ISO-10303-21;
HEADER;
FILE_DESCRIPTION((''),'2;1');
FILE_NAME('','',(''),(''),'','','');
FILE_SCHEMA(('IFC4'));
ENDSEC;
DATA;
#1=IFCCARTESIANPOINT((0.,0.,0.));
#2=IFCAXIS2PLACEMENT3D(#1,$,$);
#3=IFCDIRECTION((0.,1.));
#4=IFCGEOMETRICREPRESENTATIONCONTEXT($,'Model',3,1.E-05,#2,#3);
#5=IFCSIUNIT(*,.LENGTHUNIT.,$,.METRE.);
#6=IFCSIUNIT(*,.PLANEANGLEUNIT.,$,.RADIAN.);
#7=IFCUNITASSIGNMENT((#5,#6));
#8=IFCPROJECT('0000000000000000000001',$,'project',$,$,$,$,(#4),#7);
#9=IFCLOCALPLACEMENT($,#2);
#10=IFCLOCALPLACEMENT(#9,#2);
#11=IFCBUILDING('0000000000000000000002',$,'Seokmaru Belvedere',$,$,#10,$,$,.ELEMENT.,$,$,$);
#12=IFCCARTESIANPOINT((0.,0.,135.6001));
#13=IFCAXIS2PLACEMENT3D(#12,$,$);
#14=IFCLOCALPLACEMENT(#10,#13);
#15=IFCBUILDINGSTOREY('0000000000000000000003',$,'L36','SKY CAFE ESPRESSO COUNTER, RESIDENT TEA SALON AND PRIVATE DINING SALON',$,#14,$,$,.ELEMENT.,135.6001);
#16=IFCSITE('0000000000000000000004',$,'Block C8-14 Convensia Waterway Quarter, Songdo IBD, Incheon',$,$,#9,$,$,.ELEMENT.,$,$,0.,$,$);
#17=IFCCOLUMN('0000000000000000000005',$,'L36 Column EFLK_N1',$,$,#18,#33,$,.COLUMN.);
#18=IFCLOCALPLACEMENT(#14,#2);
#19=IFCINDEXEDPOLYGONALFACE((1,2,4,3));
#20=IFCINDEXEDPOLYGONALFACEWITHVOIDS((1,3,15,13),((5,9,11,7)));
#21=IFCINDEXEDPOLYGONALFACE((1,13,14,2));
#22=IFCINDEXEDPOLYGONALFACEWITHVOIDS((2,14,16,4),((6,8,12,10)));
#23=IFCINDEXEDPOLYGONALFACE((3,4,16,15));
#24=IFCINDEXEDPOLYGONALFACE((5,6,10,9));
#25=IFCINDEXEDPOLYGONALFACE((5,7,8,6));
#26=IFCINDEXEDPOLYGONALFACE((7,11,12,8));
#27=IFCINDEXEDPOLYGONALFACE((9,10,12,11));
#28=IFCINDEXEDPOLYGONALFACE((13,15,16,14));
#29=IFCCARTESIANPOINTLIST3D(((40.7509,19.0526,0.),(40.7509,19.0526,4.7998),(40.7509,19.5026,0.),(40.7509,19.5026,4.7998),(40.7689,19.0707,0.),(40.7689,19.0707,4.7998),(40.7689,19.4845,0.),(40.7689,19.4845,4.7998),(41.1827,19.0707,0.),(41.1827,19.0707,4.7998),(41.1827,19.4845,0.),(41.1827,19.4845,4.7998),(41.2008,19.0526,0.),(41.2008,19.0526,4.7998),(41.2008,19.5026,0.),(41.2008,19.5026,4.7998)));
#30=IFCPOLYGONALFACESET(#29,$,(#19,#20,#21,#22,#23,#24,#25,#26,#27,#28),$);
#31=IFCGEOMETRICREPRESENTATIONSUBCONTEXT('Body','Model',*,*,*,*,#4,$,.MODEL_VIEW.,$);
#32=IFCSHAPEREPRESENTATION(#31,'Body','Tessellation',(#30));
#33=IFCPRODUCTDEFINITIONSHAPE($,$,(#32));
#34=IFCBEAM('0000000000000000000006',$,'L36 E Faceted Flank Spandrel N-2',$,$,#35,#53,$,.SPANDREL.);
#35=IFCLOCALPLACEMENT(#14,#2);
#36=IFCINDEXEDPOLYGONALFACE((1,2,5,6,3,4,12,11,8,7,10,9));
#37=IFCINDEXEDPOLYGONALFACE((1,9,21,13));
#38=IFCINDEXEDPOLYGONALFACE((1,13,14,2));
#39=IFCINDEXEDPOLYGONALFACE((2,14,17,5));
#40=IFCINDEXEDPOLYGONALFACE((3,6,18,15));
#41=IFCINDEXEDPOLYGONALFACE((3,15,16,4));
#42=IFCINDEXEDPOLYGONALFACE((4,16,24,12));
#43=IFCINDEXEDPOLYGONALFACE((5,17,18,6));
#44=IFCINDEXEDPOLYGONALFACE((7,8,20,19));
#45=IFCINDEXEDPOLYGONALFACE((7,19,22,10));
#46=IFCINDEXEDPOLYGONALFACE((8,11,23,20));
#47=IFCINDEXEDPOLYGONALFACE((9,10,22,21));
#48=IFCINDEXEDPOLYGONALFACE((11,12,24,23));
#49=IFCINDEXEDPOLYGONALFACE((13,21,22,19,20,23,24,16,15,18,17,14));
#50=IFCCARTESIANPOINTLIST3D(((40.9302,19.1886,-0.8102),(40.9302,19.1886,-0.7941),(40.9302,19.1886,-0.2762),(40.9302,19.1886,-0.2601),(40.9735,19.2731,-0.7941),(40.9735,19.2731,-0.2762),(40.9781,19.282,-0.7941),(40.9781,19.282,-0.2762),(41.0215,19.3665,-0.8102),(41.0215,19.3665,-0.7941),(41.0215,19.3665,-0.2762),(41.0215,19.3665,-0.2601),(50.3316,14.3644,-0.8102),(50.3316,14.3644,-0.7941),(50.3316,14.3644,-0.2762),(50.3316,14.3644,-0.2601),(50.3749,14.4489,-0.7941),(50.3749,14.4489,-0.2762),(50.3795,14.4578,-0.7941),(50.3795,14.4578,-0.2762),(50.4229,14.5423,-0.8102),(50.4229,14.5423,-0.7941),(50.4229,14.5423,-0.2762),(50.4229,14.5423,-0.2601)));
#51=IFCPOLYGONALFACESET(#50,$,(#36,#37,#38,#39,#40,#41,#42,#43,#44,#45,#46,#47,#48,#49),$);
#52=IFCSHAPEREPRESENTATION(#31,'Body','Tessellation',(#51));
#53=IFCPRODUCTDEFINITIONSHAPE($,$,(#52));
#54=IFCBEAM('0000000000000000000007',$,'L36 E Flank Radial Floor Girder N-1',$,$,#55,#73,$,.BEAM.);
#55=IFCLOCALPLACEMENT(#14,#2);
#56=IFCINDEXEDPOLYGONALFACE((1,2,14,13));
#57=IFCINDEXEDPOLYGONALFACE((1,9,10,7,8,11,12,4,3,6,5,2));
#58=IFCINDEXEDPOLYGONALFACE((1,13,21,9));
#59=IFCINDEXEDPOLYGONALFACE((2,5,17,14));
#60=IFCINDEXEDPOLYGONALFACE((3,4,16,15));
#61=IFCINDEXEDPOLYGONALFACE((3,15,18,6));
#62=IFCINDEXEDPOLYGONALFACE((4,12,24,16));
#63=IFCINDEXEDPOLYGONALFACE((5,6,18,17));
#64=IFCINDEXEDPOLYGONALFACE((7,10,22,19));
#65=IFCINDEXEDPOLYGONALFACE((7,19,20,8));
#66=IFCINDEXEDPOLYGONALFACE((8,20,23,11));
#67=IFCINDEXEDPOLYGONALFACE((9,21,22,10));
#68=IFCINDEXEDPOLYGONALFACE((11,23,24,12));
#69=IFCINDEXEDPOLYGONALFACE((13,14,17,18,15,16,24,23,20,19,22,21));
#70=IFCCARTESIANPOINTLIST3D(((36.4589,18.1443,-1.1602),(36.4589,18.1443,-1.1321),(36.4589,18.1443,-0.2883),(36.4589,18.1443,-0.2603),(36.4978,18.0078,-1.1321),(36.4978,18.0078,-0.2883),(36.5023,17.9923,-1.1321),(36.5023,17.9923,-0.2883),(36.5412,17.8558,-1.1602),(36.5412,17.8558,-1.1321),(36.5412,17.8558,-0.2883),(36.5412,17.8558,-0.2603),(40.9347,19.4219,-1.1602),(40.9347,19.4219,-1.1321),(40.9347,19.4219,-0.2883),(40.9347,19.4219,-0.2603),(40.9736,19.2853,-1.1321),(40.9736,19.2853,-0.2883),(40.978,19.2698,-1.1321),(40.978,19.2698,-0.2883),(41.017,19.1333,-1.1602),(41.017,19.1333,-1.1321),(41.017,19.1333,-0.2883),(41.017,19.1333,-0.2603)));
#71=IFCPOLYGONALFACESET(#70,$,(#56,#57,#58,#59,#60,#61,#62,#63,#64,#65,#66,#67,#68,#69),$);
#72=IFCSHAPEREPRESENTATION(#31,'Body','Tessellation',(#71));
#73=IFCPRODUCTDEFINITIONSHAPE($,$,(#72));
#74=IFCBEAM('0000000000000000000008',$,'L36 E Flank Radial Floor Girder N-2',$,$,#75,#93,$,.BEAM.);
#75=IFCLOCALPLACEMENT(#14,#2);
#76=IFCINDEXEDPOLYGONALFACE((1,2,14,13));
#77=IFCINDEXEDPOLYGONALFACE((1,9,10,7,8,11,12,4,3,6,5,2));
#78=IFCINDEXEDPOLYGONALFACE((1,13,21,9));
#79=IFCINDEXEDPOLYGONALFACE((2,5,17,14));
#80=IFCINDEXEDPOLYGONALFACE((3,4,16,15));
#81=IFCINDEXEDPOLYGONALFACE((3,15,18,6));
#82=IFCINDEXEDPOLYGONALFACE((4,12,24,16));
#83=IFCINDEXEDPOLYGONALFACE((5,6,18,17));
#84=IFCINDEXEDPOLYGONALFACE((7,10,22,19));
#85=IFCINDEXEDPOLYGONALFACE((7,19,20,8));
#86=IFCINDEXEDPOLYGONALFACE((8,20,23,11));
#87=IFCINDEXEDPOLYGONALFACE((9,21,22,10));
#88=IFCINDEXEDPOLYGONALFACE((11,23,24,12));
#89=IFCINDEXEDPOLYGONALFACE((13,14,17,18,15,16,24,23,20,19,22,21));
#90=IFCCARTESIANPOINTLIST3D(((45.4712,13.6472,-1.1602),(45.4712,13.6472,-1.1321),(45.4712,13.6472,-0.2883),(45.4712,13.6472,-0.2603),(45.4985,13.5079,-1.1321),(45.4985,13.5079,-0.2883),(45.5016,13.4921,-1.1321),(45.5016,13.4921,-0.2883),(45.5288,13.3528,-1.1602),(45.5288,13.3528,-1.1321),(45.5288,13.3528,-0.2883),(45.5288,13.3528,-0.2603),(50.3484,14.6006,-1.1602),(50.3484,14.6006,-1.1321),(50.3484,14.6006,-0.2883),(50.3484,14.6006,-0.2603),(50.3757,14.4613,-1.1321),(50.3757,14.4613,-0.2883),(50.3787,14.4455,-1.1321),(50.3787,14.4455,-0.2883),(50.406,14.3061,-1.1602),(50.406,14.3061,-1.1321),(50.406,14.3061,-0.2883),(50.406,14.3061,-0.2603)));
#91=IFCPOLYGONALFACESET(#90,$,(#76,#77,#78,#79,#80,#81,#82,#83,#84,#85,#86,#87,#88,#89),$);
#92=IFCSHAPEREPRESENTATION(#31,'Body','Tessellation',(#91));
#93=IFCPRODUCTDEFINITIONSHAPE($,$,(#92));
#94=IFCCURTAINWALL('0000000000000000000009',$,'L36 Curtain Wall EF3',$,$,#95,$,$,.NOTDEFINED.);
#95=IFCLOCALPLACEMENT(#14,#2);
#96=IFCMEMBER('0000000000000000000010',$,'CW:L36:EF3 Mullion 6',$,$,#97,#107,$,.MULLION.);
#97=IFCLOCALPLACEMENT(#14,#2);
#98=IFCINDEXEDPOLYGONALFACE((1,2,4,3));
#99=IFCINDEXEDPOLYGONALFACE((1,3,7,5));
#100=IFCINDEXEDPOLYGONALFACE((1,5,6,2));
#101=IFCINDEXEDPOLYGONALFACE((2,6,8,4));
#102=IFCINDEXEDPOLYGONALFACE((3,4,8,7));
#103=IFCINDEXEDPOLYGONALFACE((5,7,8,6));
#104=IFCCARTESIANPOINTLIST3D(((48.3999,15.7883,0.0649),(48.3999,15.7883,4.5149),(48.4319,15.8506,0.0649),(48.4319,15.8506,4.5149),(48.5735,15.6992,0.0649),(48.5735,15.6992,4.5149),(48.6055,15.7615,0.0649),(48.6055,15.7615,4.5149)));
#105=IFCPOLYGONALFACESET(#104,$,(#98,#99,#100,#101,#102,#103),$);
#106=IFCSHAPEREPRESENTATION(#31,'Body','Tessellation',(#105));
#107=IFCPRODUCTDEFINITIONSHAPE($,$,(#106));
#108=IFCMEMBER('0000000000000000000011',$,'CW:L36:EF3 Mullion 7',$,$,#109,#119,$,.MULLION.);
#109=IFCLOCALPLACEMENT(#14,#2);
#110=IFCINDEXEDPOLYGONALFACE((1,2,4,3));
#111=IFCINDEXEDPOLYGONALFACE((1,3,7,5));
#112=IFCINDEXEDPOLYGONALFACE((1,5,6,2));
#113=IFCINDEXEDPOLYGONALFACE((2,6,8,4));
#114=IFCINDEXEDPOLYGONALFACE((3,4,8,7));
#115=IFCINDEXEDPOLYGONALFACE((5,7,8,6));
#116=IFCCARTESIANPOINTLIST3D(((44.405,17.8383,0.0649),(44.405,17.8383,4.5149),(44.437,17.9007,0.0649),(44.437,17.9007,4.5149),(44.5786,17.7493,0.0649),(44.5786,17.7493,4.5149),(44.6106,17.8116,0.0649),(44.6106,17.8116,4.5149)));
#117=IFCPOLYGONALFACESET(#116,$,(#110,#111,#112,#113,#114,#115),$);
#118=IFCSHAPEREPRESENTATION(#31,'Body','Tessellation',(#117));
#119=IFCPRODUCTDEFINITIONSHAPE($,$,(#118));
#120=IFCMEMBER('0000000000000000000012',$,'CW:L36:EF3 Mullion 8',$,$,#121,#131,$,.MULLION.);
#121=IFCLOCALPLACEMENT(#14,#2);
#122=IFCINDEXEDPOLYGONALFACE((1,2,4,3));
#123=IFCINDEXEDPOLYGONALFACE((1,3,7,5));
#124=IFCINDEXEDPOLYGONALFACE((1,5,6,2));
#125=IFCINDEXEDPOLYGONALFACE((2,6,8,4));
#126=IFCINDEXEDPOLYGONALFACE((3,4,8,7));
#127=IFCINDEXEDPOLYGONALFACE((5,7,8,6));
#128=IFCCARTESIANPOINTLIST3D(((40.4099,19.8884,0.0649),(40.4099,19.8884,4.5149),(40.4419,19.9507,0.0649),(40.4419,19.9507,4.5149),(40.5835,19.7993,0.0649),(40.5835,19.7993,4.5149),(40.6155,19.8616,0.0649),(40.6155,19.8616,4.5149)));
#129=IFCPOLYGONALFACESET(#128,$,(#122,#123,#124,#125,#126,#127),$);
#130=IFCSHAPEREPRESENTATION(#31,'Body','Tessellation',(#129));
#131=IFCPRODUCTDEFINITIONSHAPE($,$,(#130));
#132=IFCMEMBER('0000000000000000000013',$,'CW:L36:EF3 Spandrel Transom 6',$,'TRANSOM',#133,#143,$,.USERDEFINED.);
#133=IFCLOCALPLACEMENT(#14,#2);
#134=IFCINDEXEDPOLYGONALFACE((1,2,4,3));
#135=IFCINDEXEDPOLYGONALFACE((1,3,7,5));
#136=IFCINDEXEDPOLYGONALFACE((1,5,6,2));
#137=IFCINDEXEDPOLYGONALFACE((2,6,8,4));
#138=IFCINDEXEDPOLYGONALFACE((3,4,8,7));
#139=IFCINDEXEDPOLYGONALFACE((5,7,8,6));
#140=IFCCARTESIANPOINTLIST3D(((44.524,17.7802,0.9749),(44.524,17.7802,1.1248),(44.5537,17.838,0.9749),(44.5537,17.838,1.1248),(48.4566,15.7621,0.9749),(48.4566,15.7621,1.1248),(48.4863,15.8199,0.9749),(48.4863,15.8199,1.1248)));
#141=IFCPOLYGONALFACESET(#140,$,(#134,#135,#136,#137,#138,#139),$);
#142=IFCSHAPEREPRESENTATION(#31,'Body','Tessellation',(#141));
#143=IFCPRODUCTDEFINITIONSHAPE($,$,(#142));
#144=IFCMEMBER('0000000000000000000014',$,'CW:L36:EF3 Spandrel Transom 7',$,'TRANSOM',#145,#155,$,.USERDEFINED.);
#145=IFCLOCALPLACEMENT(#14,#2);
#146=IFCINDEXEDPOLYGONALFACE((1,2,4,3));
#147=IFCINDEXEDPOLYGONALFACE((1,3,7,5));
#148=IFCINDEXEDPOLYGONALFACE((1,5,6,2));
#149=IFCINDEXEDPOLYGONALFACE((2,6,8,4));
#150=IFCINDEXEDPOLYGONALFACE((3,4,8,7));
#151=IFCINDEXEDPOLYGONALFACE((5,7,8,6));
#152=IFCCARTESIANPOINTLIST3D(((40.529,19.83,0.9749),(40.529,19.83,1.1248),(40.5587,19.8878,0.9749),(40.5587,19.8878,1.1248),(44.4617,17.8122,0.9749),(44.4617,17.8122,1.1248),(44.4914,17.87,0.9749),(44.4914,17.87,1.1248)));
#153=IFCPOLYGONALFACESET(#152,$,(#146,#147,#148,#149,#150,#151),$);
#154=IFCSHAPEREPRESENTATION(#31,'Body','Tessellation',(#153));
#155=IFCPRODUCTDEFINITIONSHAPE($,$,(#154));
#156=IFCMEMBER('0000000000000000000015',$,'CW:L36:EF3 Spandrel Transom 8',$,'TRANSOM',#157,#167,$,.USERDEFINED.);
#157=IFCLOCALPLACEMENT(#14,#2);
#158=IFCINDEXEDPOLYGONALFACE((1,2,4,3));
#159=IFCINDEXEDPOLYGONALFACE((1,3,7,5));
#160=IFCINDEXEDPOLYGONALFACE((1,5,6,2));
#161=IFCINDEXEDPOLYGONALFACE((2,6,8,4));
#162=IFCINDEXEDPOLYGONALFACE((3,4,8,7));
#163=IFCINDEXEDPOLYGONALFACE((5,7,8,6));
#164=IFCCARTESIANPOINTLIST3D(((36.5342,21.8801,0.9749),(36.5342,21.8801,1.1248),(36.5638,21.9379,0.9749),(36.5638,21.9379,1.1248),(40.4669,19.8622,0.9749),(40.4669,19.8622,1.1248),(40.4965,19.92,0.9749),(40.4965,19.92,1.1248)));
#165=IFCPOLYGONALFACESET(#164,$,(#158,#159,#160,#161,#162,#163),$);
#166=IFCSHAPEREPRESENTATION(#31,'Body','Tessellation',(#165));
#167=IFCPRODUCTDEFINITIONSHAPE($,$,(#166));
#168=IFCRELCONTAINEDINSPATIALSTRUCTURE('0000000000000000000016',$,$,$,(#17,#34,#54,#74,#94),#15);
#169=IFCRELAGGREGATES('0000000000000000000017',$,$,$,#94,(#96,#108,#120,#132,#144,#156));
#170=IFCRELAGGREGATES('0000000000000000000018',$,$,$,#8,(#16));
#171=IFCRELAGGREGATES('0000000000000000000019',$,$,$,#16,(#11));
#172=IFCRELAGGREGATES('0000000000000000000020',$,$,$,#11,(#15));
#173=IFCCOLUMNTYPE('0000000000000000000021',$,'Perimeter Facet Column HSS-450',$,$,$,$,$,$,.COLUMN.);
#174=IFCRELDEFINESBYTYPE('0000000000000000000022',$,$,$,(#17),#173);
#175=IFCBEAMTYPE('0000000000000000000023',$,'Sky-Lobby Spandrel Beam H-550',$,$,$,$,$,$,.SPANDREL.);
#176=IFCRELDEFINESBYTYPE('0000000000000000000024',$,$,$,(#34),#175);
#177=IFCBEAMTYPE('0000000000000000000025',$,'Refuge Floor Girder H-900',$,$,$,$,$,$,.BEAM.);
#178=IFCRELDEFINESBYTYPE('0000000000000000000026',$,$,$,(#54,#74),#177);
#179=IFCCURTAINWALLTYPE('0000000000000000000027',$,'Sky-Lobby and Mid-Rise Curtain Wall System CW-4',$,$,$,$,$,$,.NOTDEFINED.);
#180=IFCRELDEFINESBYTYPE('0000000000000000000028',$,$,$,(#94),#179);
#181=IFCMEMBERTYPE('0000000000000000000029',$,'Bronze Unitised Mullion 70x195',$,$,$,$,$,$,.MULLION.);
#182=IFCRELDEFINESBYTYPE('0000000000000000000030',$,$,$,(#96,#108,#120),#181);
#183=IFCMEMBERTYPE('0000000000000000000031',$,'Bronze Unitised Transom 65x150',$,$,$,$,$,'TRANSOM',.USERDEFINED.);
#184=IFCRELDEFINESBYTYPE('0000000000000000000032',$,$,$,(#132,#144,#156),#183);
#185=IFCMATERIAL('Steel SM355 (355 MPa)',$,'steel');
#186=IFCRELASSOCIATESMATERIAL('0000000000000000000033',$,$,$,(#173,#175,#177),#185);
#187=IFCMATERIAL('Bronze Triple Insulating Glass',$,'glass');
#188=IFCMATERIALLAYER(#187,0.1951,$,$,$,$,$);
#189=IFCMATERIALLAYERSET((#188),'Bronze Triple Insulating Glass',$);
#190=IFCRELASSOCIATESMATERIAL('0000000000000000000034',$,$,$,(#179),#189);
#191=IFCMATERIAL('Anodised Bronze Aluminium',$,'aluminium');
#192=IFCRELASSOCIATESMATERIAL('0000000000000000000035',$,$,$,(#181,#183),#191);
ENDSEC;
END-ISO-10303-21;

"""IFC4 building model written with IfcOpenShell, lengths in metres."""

from ifc_helpers import new_model, si_unit, direction, frame, origin, origin_2d, place, context, subcontext, project, spatial, rectangle, hollow_rectangle, i_section, extrude, source, transform, mapped, material, layer, layer_set, material_profile, profile_set, type_object, type_shapes, element, aggregate, save


model = new_model("IFC4")

# Units and contexts
model_context = context("Model", 3, precision=1e-05, world=origin(), true_north=direction((0.0, 1.0)))
body_context = subcontext(model_context, "Body", "Model", "MODEL_VIEW")
ifc_project = project(units=[si_unit("LENGTHUNIT", "METRE"), si_unit("PLANEANGLEUNIT", "RADIAN")], contexts=[model_context])

# Site, building, storey
site_placement = place(None, origin())
site = spatial("IfcSite", under=ifc_project, at=site_placement, Name="Block C8-14 Convensia Waterway Quarter, Songdo IBD, Incheon", CompositionType="ELEMENT", RefElevation=0.0)
building_placement = place(site_placement, origin())
building = spatial("IfcBuilding", under=site, at=building_placement, Name="Seokmaru Belvedere", CompositionType="ELEMENT")
storey_placement = place(building_placement, frame((0.0, 0.0, 135.6001)))
storey = spatial("IfcBuildingStorey", under=building, at=storey_placement, Name="L36", Description="SKY CAFE ESPRESSO COUNTER, RESIDENT TEA SALON AND PRIVATE DINING SALON", CompositionType="ELEMENT", Elevation=135.6001)

# Column
ifc_material_1 = material(Name="Steel SM355 (355 MPa)", Category="steel")
ifc_material_profile_1 = material_profile(ifc_material_1, hollow_rectangle(XDim=0.45, YDim=0.45, WallThickness=0.0181, at=origin_2d()), Name="HSS-450x450x18")
ifc_profile_set_1 = profile_set([ifc_material_profile_1], Name="Steel SM355 (355 MPa)")
column_type = type_object("IfcColumnType", Name="Perimeter Facet Column HSS-450", PredefinedType="COLUMN", material=ifc_profile_set_1)
shared_shape_1 = source(origin(), body_context, "Body", "SweptSolid", [
    extrude(hollow_rectangle(XDim=0.45, YDim=0.45, WallThickness=0.0181, at=origin_2d()), origin(), (0.0, 0.0, 1.0), 4.7998),
])
type_shapes(column_type, [shared_shape_1])
column_placement = place(storey_placement, frame((40.9758, 19.2776, 0.0), z_axis=(0.0, 0.0, 1.0), x_axis=(1.0, 0.0, 0.0)))
element("IfcColumn", 1, at=column_placement, inside=storey, type_object=column_type, Name="L36 Column EFLK_N1", PredefinedType="COLUMN", context=body_context, shape_type="MappedRepresentation", body=[
    mapped(shared_shape_1, transform((0.0, 0.0, 0.0), scale=1.0)),
])

# Beams
ifc_material_profile_2 = material_profile(ifc_material_1, i_section(OverallWidth=0.2, OverallDepth=0.55, WebThickness=0.01, FlangeThickness=0.0161, at=origin_2d()), Name="H-550x200x10x16")
ifc_profile_set_2 = profile_set([ifc_material_profile_2], Name="Steel SM355 (355 MPa)")
beam_type_1 = type_object("IfcBeamType", Name="Sky-Lobby Spandrel Beam H-550", PredefinedType="SPANDREL", material=ifc_profile_set_2)
shared_shape_2 = source(origin(), body_context, "Body", "SweptSolid", [
    extrude(i_section(OverallWidth=0.2, OverallDepth=0.55, WebThickness=0.01, FlangeThickness=0.0161, at=origin_2d()), origin(), (0.0, 0.0, 1.0), 10.5669),
])
type_shapes(beam_type_1, [shared_shape_2])
beam_1_placement = place(storey_placement, frame((40.9758, 19.2776, -0.5352), z_axis=(0.889702, -0.456542, 0.0), x_axis=(0.456542, 0.889702, 0.0)))
element("IfcBeam", 2, at=beam_1_placement, inside=storey, type_object=beam_type_1, Name="L36 E Faceted Flank Spandrel N-2", PredefinedType="SPANDREL", context=body_context, shape_type="MappedRepresentation", body=[
    mapped(shared_shape_2, transform((0.0, 0.0, 0.0), scale=1.0)),
])
ifc_material_profile_3 = material_profile(ifc_material_1, i_section(OverallWidth=0.3, OverallDepth=0.8999, WebThickness=0.0161, FlangeThickness=0.0281, at=origin_2d()), Name="H-900x300x16x28")
ifc_profile_set_3 = profile_set([ifc_material_profile_3], Name="Steel SM355 (355 MPa)")
beam_type_2 = type_object("IfcBeamType", Name="Refuge Floor Girder H-900", PredefinedType="BEAM", material=ifc_profile_set_3)
shared_shape_3 = source(origin(), body_context, "Body", "SweptSolid", [
    extrude(i_section(OverallWidth=0.3, OverallDepth=0.8999, WebThickness=0.0161, FlangeThickness=0.0281, at=origin_2d()), origin(), (0.0, 0.0, 1.0), 4.6545),
])
beam_2_placement = place(storey_placement, frame((40.9758, 19.2776, -0.7102), z_axis=(-0.961593, -0.274479, 0.0), x_axis=(0.274479, -0.961593, 0.0)))
element("IfcBeam", 3, at=beam_2_placement, inside=storey, type_object=beam_type_2, Name="L36 E Flank Radial Floor Girder N-1", PredefinedType="BEAM", context=body_context, shape_type="MappedRepresentation", body=[
    mapped(shared_shape_3, transform((0.0, 0.0, 0.0), scale=1.0)),
])
shared_shape_4 = source(origin(), body_context, "Body", "SweptSolid", [
    extrude(i_section(OverallWidth=0.3, OverallDepth=0.8999, WebThickness=0.0161, FlangeThickness=0.0281, at=origin_2d()), origin(), (0.0, 0.0, 1.0), 4.9695),
])
type_shapes(beam_type_2, [shared_shape_3, shared_shape_4])
beam_3_placement = place(storey_placement, frame((50.3772, 14.4534, -0.7102), z_axis=(-0.981425, -0.191844, 0.0), x_axis=(0.191844, -0.981425, 0.0)))
element("IfcBeam", 4, at=beam_3_placement, inside=storey, type_object=beam_type_2, Name="L36 E Flank Radial Floor Girder N-2", PredefinedType="BEAM", context=body_context, shape_type="MappedRepresentation", body=[
    mapped(shared_shape_4, transform((0.0, 0.0, 0.0), scale=1.0)),
])

# Curtain wall, members
ifc_material_2 = material(Name="Bronze Triple Insulating Glass", Category="glass")
ifc_layer_1 = layer(ifc_material_2, 0.1951)
ifc_layer_set_1 = layer_set([ifc_layer_1], Name="Bronze Triple Insulating Glass")
curtain_wall_type = type_object("IfcCurtainWallType", Name="Sky-Lobby and Mid-Rise Curtain Wall System CW-4", PredefinedType="NOTDEFINED", material=ifc_layer_set_1)
curtain_wall_placement = place(storey_placement, origin())
curtain_wall = element("IfcCurtainWall", 5, at=curtain_wall_placement, inside=storey, type_object=curtain_wall_type, Name="L36 Curtain Wall EF3", PredefinedType="NOTDEFINED")
ifc_material_3 = material(Name="Anodised Bronze Aluminium", Category="aluminium")
ifc_material_profile_4 = material_profile(ifc_material_3, rectangle(XDim=0.0701, YDim=0.1951, at=origin_2d()), Name="CW-M-70x195")
ifc_profile_set_4 = profile_set([ifc_material_profile_4], Name="Anodised Bronze Aluminium")
member_type_1 = type_object("IfcMemberType", Name="Bronze Unitised Mullion 70x195", PredefinedType="MULLION", material=ifc_profile_set_4)
shared_shape_5 = source(origin(), body_context, "Body", "SweptSolid", [
    extrude(rectangle(XDim=0.0701, YDim=0.1951, at=origin_2d()), origin(), (0.0, 0.0, 1.0), 4.45),
])
type_shapes(member_type_1, [shared_shape_5])
member_1_placement = place(storey_placement, frame((48.5027, 15.7749, 0.0649), z_axis=(0.0, 0.0, 1.0), x_axis=(-0.456555, -0.889695, 0.0)))
member_1 = element("IfcMember", 6, at=member_1_placement, type_object=member_type_1, Name="CW:L36:EF3 Mullion 6", PredefinedType="MULLION", context=body_context, shape_type="MappedRepresentation", body=[
    mapped(shared_shape_5, transform((0.0, 0.0, 0.0), scale=1.0)),
])
member_2_placement = place(storey_placement, frame((44.5078, 17.825, 0.0649), z_axis=(0.0, 0.0, 1.0), x_axis=(-0.456555, -0.889695, 0.0)))
member_2 = element("IfcMember", 7, at=member_2_placement, type_object=member_type_1, Name="CW:L36:EF3 Mullion 7", PredefinedType="MULLION", context=body_context, shape_type="MappedRepresentation", body=[
    mapped(shared_shape_5, transform((0.0, 0.0, 0.0), scale=1.0)),
])
member_3_placement = place(storey_placement, frame((40.5127, 19.875, 0.0649), z_axis=(0.0, 0.0, 1.0), x_axis=(-0.456555, -0.889695, 0.0)))
member_3 = element("IfcMember", 8, at=member_3_placement, type_object=member_type_1, Name="CW:L36:EF3 Mullion 8", PredefinedType="MULLION", context=body_context, shape_type="MappedRepresentation", body=[
    mapped(shared_shape_5, transform((0.0, 0.0, 0.0), scale=1.0)),
])
ifc_material_profile_5 = material_profile(ifc_material_3, rectangle(XDim=0.0649, YDim=0.1499, at=origin_2d()), Name="CW-T-65x150")
ifc_profile_set_5 = profile_set([ifc_material_profile_5], Name="Anodised Bronze Aluminium")
member_type_2 = type_object("IfcMemberType", Name="Bronze Unitised Transom 65x150", ElementType="TRANSOM", PredefinedType="USERDEFINED", material=ifc_profile_set_5)
shared_shape_6 = source(origin(), body_context, "Body", "SweptSolid", [
    extrude(rectangle(XDim=0.0649, YDim=0.1499, at=origin_2d()), origin(), (0.0, 0.0, 1.0), 4.4202),
])
type_shapes(member_type_2, [shared_shape_6])
member_4_placement = place(storey_placement, frame((48.4714, 15.791, 1.0498), z_axis=(-0.889694, 0.456557, 0.0), x_axis=(-0.456557, -0.889694, 0.0)))
member_4 = element("IfcMember", 9, at=member_4_placement, type_object=member_type_2, Name="CW:L36:EF3 Spandrel Transom 6", ObjectType="TRANSOM", PredefinedType="USERDEFINED", context=body_context, shape_type="MappedRepresentation", body=[
    mapped(shared_shape_6, transform((0.0, 0.0, 0.0), scale=1.0)),
])
member_5_placement = place(storey_placement, frame((44.4766, 17.8411, 1.0498), z_axis=(-0.889717, 0.456513, 0.0), x_axis=(-0.456513, -0.889717, 0.0)))
member_5 = element("IfcMember", 10, at=member_5_placement, type_object=member_type_2, Name="CW:L36:EF3 Spandrel Transom 7", ObjectType="TRANSOM", PredefinedType="USERDEFINED", context=body_context, shape_type="MappedRepresentation", body=[
    mapped(shared_shape_6, transform((0.0, 0.0, 0.0), scale=1.0)),
])
member_6_placement = place(storey_placement, frame((40.4817, 19.8911, 1.0498), z_axis=(-0.889717, 0.456513, 0.0), x_axis=(-0.456513, -0.889717, 0.0)))
member_6 = element("IfcMember", 11, at=member_6_placement, type_object=member_type_2, Name="CW:L36:EF3 Spandrel Transom 8", ObjectType="TRANSOM", PredefinedType="USERDEFINED", context=body_context, shape_type="MappedRepresentation", body=[
    mapped(shared_shape_6, transform((0.0, 0.0, 0.0), scale=1.0)),
])
aggregate(curtain_wall, [member_1, member_2, member_3, member_4, member_5, member_6])

save(model, "model.ifc")
